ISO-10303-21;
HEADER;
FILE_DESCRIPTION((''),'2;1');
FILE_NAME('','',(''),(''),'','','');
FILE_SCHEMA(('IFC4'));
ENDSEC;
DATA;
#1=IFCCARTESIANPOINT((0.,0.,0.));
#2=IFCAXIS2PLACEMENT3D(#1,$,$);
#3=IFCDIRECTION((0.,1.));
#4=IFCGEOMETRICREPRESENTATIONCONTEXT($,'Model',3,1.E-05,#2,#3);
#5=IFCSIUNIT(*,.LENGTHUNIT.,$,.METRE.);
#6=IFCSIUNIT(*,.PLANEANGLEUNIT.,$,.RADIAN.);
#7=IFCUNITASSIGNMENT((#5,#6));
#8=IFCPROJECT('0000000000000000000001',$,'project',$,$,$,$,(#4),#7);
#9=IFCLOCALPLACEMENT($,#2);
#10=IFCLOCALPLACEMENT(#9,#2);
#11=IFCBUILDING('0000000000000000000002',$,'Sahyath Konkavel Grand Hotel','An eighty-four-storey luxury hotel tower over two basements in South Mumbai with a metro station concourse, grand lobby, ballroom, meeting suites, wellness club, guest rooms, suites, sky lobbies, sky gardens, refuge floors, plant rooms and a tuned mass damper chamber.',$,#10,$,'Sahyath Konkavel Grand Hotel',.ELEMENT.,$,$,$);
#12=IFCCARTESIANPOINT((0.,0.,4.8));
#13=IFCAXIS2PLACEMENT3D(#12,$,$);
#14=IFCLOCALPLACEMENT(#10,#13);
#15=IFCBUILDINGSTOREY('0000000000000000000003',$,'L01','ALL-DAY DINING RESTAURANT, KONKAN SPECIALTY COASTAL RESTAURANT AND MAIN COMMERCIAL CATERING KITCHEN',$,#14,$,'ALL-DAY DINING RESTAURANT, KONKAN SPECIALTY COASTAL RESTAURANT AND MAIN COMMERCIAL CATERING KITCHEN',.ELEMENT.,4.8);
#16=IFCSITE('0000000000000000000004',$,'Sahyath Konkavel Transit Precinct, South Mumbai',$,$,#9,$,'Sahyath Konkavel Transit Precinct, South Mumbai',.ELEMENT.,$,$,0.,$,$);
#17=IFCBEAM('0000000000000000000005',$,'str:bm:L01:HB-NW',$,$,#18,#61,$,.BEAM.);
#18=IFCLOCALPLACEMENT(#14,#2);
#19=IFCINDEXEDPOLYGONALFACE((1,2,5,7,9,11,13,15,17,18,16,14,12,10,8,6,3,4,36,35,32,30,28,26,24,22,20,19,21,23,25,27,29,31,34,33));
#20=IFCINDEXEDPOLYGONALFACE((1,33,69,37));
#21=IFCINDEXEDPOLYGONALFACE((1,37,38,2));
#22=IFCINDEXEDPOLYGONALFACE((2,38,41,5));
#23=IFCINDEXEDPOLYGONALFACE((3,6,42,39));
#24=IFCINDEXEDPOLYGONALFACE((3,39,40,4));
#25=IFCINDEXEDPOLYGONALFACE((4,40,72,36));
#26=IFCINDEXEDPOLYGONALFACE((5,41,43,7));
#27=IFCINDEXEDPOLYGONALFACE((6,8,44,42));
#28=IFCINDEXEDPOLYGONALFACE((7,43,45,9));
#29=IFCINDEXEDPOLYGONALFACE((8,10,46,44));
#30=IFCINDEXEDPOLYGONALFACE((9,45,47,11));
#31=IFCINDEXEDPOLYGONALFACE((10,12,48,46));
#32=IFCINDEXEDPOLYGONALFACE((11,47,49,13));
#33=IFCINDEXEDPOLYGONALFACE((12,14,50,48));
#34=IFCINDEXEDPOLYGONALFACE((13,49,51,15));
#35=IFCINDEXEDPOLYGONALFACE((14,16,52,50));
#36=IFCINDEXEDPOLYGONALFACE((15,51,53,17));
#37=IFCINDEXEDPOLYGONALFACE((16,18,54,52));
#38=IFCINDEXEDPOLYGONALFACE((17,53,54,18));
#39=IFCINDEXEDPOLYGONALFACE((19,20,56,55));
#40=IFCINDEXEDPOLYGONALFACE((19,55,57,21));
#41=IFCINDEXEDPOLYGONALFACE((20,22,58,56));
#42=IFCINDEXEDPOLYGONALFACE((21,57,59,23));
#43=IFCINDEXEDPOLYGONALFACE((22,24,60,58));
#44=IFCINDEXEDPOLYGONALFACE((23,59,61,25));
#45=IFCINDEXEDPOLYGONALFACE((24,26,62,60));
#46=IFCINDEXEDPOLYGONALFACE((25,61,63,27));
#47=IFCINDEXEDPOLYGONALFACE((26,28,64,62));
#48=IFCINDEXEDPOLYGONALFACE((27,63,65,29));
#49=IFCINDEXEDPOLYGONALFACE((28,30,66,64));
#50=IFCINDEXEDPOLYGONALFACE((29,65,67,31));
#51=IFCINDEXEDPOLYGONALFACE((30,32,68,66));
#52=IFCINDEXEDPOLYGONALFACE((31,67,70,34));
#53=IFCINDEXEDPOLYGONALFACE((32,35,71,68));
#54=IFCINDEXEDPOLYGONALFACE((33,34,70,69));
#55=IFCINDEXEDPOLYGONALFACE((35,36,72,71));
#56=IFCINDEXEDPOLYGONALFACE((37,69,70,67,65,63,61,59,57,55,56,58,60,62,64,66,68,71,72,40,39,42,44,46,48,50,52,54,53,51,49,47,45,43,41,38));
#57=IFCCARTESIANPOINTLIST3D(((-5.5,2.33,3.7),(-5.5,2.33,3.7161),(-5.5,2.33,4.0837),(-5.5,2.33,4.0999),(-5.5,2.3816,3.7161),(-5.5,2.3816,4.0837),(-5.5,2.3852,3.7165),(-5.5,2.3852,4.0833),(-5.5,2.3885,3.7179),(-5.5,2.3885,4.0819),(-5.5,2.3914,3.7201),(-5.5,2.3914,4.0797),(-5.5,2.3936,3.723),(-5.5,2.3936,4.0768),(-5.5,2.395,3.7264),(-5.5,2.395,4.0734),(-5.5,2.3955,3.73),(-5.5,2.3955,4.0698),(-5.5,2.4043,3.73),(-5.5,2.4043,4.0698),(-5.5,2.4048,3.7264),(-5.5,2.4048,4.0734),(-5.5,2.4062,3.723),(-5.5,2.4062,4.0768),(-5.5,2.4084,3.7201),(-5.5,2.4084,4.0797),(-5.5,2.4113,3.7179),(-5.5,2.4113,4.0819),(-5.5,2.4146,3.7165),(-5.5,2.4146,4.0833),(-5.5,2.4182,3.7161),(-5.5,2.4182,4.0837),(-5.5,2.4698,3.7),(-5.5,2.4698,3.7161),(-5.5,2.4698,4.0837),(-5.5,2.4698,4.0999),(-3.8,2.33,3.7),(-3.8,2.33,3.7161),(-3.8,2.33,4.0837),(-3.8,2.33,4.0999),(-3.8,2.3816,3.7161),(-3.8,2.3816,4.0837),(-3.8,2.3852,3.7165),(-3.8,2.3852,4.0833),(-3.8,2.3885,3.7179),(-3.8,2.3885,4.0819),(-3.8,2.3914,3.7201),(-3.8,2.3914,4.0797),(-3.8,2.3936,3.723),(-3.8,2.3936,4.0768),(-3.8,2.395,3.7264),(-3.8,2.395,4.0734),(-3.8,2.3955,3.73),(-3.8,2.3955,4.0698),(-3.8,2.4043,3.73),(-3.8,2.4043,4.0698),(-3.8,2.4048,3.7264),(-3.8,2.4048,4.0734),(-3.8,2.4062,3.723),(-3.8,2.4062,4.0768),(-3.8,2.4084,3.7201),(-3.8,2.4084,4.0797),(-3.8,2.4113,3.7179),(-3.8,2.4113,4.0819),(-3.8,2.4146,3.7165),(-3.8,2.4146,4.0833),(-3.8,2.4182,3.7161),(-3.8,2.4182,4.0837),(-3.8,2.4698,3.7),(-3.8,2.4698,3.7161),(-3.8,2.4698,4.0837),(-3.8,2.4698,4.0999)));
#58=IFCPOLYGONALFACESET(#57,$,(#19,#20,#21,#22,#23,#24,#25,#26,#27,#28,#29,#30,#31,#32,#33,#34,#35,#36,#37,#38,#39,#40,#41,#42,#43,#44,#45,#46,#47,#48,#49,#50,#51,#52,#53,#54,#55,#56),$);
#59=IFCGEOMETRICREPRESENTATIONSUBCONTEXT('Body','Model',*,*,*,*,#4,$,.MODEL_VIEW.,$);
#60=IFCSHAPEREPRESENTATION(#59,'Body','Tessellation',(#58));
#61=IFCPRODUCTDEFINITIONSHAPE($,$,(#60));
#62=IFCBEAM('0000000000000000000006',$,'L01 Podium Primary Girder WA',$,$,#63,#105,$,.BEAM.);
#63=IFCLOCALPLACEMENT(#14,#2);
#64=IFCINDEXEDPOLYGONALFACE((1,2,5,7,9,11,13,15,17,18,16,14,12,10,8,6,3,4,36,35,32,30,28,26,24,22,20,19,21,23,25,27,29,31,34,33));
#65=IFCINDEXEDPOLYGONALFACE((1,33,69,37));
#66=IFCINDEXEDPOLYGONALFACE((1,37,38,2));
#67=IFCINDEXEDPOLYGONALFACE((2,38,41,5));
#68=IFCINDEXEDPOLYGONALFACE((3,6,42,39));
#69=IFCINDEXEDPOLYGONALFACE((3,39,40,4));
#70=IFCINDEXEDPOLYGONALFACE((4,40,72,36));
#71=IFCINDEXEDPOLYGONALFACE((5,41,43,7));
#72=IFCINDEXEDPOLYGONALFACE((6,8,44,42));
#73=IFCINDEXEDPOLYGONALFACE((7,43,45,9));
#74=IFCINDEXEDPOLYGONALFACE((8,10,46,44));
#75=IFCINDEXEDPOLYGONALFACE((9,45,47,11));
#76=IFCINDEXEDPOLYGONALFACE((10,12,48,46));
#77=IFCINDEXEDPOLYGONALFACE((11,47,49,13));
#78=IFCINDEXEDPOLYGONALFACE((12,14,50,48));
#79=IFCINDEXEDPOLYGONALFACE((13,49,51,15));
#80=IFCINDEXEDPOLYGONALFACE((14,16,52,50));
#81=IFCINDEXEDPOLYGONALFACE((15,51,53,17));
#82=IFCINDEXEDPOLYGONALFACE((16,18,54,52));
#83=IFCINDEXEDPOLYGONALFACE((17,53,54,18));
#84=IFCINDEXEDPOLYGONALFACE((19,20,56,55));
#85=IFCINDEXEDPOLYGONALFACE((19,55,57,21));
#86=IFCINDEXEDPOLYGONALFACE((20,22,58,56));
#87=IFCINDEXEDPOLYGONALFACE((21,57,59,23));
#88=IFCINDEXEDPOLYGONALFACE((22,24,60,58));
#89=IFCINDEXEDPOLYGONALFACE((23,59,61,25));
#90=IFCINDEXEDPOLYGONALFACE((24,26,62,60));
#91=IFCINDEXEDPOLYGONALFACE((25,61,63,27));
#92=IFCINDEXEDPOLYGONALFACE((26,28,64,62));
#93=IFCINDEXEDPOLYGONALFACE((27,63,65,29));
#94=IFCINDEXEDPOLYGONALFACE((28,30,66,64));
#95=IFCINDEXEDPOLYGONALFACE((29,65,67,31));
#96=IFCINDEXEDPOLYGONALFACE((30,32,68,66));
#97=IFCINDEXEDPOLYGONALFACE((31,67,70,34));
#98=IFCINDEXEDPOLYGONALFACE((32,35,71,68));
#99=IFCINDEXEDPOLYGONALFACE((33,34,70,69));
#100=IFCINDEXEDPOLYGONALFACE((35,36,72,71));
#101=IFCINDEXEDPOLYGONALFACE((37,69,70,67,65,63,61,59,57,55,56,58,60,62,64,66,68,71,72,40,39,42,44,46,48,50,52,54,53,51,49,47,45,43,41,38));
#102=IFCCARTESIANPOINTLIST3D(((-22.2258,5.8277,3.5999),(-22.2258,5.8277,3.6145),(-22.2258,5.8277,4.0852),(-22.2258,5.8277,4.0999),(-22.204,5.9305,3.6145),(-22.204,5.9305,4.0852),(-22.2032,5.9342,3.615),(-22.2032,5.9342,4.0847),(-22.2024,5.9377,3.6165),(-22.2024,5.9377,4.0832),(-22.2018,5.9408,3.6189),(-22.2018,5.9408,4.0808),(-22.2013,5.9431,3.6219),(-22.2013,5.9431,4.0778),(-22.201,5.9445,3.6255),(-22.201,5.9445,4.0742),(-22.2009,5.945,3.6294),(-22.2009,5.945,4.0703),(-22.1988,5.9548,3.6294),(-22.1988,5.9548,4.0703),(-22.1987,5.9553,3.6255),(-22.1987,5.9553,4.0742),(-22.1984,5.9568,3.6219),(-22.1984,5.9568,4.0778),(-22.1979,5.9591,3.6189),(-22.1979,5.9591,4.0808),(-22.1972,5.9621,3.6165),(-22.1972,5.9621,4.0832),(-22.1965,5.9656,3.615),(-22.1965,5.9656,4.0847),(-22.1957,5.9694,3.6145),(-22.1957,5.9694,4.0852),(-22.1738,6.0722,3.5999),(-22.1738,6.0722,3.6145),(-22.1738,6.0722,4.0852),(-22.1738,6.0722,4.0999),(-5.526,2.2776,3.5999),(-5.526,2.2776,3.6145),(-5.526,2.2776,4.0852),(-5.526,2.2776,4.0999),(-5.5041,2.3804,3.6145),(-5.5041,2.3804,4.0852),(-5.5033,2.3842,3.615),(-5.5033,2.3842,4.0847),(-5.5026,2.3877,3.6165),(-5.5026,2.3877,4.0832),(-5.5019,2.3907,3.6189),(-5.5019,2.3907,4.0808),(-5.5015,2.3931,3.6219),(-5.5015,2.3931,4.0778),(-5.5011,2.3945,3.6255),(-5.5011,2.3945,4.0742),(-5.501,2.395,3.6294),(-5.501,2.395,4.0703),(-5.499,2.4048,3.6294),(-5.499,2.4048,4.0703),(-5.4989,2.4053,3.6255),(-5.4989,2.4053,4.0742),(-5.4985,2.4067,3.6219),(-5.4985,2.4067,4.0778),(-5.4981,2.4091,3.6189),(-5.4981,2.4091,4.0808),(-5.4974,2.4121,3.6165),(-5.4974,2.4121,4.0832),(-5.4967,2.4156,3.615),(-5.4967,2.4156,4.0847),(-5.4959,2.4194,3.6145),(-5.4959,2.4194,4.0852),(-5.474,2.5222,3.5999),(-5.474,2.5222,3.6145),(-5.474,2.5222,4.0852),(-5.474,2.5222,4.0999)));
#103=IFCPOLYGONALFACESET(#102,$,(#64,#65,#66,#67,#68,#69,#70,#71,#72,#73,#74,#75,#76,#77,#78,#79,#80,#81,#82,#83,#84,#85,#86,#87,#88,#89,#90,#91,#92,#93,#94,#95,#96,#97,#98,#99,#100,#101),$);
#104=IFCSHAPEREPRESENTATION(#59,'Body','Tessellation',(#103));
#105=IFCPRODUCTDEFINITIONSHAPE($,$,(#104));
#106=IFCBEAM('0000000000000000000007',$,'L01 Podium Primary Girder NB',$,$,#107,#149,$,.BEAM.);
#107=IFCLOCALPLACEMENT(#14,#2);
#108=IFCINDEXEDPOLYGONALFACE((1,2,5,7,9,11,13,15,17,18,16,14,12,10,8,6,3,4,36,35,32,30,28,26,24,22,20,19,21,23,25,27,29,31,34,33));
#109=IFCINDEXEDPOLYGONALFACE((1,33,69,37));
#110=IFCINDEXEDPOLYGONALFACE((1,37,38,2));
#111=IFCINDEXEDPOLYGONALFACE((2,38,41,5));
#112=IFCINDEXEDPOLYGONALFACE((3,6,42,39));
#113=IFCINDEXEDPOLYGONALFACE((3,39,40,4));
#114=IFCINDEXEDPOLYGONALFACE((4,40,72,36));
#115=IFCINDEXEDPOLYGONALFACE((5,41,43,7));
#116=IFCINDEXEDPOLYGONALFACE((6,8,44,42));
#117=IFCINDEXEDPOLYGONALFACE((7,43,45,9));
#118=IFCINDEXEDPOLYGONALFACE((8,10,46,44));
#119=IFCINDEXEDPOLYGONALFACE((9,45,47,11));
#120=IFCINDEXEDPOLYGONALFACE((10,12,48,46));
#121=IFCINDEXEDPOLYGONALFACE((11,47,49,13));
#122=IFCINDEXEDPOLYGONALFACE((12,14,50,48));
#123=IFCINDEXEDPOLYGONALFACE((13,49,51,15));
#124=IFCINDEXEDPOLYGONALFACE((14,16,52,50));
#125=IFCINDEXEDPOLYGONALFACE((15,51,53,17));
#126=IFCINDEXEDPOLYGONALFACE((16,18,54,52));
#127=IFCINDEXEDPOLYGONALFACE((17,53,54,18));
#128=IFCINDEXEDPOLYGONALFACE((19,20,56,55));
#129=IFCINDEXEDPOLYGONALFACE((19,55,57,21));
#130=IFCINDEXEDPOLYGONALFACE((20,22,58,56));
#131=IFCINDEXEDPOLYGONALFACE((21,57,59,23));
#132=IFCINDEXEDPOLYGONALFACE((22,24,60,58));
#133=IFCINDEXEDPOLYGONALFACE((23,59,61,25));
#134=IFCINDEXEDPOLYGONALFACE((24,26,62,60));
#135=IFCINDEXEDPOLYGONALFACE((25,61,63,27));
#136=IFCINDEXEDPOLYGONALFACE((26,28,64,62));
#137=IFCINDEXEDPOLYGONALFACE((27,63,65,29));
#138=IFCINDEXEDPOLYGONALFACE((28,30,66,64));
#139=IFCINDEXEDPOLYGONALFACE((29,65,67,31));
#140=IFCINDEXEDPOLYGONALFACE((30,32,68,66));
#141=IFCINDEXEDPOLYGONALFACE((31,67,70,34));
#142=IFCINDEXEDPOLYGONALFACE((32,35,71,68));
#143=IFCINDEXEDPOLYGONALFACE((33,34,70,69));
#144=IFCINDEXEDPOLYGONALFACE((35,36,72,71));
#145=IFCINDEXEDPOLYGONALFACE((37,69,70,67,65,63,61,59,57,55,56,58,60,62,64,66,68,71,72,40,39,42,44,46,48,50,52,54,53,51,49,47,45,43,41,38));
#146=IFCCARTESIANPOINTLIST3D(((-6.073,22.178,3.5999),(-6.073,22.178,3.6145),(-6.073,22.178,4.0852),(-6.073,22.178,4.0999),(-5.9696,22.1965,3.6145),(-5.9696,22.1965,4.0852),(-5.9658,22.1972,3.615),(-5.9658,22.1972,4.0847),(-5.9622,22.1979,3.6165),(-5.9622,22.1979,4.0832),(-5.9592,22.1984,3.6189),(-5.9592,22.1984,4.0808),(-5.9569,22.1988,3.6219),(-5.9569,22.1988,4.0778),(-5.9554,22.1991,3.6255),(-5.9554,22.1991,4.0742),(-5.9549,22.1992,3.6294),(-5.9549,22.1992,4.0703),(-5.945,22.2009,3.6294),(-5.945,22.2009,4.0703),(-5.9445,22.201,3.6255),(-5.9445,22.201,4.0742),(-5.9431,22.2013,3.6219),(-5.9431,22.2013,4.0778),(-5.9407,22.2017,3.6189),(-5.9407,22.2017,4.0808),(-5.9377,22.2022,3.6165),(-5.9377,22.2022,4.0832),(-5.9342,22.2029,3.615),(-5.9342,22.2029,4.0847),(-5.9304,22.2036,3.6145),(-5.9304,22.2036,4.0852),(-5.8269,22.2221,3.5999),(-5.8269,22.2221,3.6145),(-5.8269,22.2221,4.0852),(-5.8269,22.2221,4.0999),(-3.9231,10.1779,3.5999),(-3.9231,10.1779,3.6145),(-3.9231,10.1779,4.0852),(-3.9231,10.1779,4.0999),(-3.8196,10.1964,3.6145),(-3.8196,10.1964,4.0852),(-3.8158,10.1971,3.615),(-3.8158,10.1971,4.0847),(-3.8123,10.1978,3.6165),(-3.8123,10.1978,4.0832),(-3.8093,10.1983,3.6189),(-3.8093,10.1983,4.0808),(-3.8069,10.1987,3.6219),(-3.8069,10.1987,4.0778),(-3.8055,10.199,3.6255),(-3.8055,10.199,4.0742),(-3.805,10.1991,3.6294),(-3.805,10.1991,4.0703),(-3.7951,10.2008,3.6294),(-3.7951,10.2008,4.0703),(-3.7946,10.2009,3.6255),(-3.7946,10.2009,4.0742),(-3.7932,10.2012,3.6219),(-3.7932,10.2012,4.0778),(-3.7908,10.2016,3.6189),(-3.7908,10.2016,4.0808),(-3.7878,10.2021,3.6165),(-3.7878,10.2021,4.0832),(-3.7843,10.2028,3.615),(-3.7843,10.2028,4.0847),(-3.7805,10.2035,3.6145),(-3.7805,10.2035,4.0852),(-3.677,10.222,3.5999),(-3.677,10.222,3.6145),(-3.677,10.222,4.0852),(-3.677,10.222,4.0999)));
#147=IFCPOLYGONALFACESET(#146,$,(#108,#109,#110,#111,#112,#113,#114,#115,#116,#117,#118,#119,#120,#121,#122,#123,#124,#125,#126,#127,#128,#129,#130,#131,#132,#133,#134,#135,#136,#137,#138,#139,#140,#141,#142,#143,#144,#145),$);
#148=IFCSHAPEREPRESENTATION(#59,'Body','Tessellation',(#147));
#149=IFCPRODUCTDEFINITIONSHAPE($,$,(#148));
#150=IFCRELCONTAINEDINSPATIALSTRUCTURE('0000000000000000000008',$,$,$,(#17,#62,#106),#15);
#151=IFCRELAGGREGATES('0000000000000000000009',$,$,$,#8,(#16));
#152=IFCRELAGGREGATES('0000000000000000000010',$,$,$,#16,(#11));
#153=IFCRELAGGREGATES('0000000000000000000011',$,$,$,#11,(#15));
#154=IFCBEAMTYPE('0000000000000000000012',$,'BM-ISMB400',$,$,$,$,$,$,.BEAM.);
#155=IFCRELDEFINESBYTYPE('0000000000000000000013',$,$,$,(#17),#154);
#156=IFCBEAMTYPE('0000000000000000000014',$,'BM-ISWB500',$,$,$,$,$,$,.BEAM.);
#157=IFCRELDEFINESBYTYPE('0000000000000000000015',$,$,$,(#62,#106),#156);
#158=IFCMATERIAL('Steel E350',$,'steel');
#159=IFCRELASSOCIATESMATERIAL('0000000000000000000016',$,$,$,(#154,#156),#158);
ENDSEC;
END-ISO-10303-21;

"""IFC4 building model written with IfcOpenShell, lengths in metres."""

from ifc_helpers import new_model, si_unit, direction, frame, origin, origin_2d, place, context, subcontext, project, spatial, i_section, extrude, source, transform, mapped, material, material_profile, profile_set, type_object, element, save


model = new_model("IFC4")

# Units and contexts
model_context = context("Model", 3, precision=1e-05, world=origin(), true_north=direction((0.0, 1.0)))
body_context = subcontext(model_context, "Body", "Model", "MODEL_VIEW")
ifc_project = project(units=[si_unit("LENGTHUNIT", "METRE"), si_unit("PLANEANGLEUNIT", "RADIAN")], contexts=[model_context])

# Site, building, storey
site_placement = place(None, origin())
site = spatial("IfcSite", under=ifc_project, at=site_placement, Name="Sahyath Konkavel Transit Precinct, South Mumbai", LongName="Sahyath Konkavel Transit Precinct, South Mumbai", CompositionType="ELEMENT", RefElevation=0.0)
building_placement = place(site_placement, origin())
building = spatial("IfcBuilding", under=site, at=building_placement, Name="Sahyath Konkavel Grand Hotel", Description="An eighty-four-storey luxury hotel tower over two basements in South Mumbai with a metro station concourse, grand lobby, ballroom, meeting suites, wellness club, guest rooms, suites, sky lobbies, sky gardens, refuge floors, plant rooms and a tuned mass damper chamber.", LongName="Sahyath Konkavel Grand Hotel", CompositionType="ELEMENT")
storey_placement = place(building_placement, frame((0.0, 0.0, 4.8)))
storey = spatial("IfcBuildingStorey", under=building, at=storey_placement, Name="L01", Description="ALL-DAY DINING RESTAURANT, KONKAN SPECIALTY COASTAL RESTAURANT AND MAIN COMMERCIAL CATERING KITCHEN", LongName="ALL-DAY DINING RESTAURANT, KONKAN SPECIALTY COASTAL RESTAURANT AND MAIN COMMERCIAL CATERING KITCHEN", CompositionType="ELEMENT", Elevation=4.8)

# Beams
ifc_material_1 = material(Name="Steel E350", Category="steel")
ifc_material_profile_1 = material_profile(ifc_material_1, i_section(OverallWidth=0.1399, OverallDepth=0.3999, WebThickness=0.0088, FlangeThickness=0.0161, FilletRadius=0.0139, at=origin_2d()), Name="ISMB 400")
ifc_profile_set_1 = profile_set([ifc_material_profile_1], Name="Steel E350")
beam_type_1 = type_object("IfcBeamType", Name="BM-ISMB400", PredefinedType="BEAM", material=ifc_profile_set_1)
shared_shape_1 = source(origin(), body_context, "Body", "SweptSolid", [
    extrude(i_section(OverallWidth=0.1399, OverallDepth=0.3999, WebThickness=0.0088, FlangeThickness=0.0161, FilletRadius=0.0139, at=origin_2d()), origin(), (0.0, 0.0, 1.0), 1.7),
])
beam_1_placement = place(storey_placement, frame((-5.5, 2.3999, 3.8999), z_axis=(1.0, 0.0, 0.0), x_axis=(0.0, 1.0, 0.0)))
element("IfcBeam", 1, at=beam_1_placement, inside=storey, type_object=beam_type_1, Name="str:bm:L01:HB-NW", PredefinedType="BEAM", context=body_context, shape_type="MappedRepresentation", body=[
    mapped(shared_shape_1, transform((0.0, 0.0, 0.0), scale=1.0)),
])
ifc_material_profile_2 = material_profile(ifc_material_1, i_section(OverallWidth=0.25, OverallDepth=0.5, WebThickness=0.01, FlangeThickness=0.0146, FilletRadius=0.0149, at=origin_2d()), Name="ISWB 500")
ifc_profile_set_2 = profile_set([ifc_material_profile_2], Name="Steel E350")
beam_type_2 = type_object("IfcBeamType", Name="BM-ISWB500", PredefinedType="BEAM", material=ifc_profile_set_2)
shared_shape_2 = source(origin(), body_context, "Body", "SweptSolid", [
    extrude(i_section(OverallWidth=0.25, OverallDepth=0.5, WebThickness=0.01, FlangeThickness=0.0146, FilletRadius=0.0149, at=origin_2d()), origin(), (0.0, 0.0, 1.0), 17.073),
])
beam_2_placement = place(storey_placement, frame((-5.5, 2.3999, 3.8499), z_axis=(-0.978143, 0.207932, 0.0), x_axis=(-0.207932, -0.978143, 0.0)))
element("IfcBeam", 2, at=beam_2_placement, inside=storey, type_object=beam_type_2, Name="L01 Podium Primary Girder WA", PredefinedType="BEAM", context=body_context, shape_type="MappedRepresentation", body=[
    mapped(shared_shape_2, transform((0.0, 0.0, 0.0), scale=1.0)),
])
shared_shape_3 = source(origin(), body_context, "Body", "SweptSolid", [
    extrude(i_section(OverallWidth=0.25, OverallDepth=0.5, WebThickness=0.01, FlangeThickness=0.0146, FilletRadius=0.0149, at=origin_2d()), origin(), (0.0, 0.0, 1.0), 12.1912),
])
beam_3_placement = place(storey_placement, frame((-3.8, 10.2, 3.8499), z_axis=(-0.176351, 0.984327, 0.0), x_axis=(-0.984327, -0.176351, 0.0)))
element("IfcBeam", 3, at=beam_3_placement, inside=storey, type_object=beam_type_2, Name="L01 Podium Primary Girder NB", PredefinedType="BEAM", context=body_context, shape_type="MappedRepresentation", body=[
    mapped(shared_shape_3, transform((0.0, 0.0, 0.0), scale=1.0)),
])

save(model, "model.ifc")
